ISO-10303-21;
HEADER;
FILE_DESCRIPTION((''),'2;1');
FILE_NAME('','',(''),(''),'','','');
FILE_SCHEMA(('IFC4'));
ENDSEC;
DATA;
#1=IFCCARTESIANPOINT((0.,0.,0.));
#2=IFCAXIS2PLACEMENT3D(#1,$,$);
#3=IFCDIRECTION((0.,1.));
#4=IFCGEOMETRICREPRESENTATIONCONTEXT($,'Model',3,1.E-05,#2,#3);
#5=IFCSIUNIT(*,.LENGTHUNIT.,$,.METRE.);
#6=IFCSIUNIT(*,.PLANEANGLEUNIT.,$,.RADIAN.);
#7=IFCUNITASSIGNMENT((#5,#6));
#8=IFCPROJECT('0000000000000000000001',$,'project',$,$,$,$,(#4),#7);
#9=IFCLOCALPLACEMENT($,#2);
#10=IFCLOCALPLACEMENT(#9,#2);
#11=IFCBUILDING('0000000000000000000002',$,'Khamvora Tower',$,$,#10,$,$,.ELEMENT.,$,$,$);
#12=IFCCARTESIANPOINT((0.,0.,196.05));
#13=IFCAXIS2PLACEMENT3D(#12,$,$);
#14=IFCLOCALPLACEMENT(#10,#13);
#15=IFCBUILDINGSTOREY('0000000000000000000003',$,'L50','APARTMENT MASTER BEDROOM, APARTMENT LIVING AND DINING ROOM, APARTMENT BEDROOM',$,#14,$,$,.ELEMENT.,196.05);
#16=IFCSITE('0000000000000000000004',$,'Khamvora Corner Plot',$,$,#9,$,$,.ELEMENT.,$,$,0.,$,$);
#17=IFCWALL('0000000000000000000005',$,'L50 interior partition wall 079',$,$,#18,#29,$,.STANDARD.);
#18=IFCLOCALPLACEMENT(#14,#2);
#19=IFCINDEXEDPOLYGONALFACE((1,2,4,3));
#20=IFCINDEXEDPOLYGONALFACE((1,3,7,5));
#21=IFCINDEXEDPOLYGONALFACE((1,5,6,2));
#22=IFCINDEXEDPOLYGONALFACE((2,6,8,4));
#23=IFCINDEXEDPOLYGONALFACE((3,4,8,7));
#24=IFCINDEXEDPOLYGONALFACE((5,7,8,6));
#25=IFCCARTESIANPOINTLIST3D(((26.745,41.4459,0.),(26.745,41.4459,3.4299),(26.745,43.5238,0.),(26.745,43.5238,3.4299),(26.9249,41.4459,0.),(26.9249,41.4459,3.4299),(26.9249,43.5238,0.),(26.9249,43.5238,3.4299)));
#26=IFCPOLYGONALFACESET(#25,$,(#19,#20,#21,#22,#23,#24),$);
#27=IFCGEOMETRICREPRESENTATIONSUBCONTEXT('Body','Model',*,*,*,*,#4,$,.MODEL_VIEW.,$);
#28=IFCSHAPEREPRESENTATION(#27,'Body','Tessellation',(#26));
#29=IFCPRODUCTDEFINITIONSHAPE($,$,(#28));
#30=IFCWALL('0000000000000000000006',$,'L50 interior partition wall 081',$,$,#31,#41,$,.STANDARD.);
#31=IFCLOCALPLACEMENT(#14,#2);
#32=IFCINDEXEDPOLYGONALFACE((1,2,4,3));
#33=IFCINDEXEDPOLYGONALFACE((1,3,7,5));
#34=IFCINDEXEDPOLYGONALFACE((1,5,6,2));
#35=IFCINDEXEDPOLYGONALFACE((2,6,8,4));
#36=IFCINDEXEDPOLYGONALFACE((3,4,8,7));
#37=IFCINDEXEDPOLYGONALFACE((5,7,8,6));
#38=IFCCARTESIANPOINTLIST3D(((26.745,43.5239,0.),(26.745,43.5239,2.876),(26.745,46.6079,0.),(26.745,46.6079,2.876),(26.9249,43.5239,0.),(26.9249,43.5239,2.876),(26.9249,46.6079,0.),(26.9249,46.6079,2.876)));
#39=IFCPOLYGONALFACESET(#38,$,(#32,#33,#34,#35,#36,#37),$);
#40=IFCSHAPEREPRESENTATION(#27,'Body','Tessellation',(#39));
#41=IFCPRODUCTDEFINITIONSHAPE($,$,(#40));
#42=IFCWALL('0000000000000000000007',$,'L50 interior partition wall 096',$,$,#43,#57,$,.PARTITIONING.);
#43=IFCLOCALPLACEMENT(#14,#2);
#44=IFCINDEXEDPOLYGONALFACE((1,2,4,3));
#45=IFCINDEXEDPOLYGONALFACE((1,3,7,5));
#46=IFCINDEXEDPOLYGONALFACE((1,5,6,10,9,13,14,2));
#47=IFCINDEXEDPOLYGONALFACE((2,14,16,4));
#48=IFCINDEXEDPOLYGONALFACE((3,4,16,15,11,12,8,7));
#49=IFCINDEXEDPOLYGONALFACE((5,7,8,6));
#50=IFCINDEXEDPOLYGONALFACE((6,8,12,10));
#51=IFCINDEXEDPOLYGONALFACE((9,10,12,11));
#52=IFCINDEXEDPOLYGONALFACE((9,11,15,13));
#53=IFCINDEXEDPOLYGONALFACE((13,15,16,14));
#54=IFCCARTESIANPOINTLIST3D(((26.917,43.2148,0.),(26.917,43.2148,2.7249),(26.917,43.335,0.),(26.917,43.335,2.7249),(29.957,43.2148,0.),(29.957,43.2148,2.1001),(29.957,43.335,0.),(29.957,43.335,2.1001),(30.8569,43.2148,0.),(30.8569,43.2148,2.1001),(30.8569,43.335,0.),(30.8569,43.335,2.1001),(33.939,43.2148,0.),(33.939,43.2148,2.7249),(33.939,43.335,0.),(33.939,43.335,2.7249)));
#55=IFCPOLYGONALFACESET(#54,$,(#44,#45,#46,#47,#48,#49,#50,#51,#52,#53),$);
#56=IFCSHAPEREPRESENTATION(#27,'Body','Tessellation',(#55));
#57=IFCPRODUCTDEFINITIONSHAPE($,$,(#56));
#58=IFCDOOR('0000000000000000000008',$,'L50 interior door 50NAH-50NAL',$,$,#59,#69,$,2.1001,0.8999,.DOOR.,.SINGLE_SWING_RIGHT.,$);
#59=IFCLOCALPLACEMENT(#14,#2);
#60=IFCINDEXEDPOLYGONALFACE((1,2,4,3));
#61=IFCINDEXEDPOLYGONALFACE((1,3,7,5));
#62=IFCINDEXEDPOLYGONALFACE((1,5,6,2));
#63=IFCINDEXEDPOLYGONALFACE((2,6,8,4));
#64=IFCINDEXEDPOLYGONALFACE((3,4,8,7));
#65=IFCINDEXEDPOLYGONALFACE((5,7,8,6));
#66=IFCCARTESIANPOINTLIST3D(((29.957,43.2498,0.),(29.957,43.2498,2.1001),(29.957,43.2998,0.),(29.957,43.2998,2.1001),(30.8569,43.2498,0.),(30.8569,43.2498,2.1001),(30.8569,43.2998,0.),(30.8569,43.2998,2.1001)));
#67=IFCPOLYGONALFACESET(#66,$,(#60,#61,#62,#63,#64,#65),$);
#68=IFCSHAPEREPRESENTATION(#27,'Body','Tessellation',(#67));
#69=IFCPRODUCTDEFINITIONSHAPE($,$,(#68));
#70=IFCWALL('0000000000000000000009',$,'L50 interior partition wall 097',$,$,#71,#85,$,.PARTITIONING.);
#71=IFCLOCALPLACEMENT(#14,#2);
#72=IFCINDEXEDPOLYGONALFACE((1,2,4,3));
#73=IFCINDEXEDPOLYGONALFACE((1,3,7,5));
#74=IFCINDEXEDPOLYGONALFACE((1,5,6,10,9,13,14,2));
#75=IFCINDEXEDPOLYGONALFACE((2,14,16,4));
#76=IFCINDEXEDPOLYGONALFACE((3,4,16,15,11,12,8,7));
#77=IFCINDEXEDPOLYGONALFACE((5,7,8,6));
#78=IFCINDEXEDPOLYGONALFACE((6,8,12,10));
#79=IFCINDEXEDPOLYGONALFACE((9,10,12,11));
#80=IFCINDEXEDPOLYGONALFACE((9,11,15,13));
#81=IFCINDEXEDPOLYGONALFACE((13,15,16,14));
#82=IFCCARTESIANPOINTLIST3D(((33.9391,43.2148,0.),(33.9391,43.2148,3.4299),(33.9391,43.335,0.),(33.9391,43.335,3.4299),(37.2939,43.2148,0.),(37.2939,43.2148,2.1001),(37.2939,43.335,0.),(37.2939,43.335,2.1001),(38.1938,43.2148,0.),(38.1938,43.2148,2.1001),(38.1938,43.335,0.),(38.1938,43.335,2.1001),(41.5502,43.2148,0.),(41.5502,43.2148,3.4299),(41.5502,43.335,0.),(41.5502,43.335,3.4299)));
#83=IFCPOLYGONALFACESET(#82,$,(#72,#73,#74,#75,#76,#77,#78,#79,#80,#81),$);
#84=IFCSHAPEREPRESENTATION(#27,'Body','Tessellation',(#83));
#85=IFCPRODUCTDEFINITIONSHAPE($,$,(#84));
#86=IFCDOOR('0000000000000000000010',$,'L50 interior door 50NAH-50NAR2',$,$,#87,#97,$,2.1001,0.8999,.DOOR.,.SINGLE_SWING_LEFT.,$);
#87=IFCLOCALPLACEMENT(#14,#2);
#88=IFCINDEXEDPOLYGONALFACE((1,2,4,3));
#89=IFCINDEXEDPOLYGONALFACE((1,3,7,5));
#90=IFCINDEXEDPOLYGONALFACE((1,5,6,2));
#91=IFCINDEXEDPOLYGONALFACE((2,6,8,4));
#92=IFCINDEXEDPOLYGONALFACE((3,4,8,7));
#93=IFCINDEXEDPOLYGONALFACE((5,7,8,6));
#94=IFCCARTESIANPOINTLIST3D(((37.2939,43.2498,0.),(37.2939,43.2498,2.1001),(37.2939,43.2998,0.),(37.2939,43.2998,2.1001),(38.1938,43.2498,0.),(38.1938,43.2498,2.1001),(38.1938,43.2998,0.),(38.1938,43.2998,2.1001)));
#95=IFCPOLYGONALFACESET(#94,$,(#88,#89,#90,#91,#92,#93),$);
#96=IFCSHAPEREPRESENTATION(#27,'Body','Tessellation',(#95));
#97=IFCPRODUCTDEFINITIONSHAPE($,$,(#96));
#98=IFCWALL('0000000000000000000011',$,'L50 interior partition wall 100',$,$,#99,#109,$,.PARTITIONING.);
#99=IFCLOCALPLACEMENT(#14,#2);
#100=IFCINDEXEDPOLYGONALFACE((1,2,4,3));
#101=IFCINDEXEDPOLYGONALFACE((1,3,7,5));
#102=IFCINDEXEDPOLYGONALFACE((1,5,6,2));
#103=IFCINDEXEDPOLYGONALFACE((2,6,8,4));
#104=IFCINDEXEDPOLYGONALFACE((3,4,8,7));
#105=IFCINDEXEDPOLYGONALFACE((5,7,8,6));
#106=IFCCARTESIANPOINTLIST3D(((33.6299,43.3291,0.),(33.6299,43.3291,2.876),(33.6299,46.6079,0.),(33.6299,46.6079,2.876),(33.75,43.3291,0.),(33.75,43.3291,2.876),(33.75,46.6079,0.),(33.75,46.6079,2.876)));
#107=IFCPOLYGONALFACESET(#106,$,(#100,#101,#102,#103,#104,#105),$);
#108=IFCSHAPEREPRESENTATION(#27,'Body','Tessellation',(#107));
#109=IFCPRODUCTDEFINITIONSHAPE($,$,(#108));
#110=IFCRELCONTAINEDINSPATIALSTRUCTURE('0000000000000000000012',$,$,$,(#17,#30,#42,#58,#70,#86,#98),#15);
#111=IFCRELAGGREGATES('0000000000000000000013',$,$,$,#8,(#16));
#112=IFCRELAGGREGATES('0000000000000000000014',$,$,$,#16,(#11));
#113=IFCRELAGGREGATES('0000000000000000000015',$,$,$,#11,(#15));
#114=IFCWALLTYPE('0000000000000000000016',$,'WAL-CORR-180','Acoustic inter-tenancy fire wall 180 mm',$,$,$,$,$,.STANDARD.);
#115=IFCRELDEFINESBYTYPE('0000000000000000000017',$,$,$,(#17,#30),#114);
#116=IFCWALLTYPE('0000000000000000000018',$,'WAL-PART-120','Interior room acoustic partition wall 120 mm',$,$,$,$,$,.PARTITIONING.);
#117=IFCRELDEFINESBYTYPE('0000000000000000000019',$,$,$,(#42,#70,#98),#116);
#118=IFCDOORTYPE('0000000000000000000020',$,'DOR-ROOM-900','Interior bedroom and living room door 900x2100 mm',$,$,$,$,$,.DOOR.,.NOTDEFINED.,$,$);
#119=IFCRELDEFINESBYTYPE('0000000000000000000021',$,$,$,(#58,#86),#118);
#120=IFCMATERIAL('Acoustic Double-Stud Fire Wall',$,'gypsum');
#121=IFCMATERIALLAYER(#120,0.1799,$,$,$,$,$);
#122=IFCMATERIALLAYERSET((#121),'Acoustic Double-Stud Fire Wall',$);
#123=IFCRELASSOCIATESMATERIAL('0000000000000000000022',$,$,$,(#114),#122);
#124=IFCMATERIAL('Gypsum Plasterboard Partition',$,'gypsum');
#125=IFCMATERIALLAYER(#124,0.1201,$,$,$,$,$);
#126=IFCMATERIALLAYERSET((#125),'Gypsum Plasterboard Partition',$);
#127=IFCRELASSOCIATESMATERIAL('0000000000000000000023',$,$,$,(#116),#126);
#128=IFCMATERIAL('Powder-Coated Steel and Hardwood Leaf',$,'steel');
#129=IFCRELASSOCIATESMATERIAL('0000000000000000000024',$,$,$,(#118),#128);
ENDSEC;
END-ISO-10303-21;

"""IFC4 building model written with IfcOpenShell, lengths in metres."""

from ifc_helpers import new_model, si_unit, direction, frame, frame_2d, origin, place, context, subcontext, project, spatial, rectangle, extrude, material, layer, layer_set, type_object, element, fill, save


model = new_model("IFC4")

# Units and contexts
model_context = context("Model", 3, precision=1e-05, world=origin(), true_north=direction((0.0, 1.0)))
body_context = subcontext(model_context, "Body", "Model", "MODEL_VIEW")
ifc_project = project(units=[si_unit("LENGTHUNIT", "METRE"), si_unit("PLANEANGLEUNIT", "RADIAN")], contexts=[model_context])

# Site, building, storey
site_placement = place(None, origin())
site = spatial("IfcSite", under=ifc_project, at=site_placement, Name="Khamvora Corner Plot", CompositionType="ELEMENT", RefElevation=0.0)
building_placement = place(site_placement, origin())
building = spatial("IfcBuilding", under=site, at=building_placement, Name="Khamvora Tower", CompositionType="ELEMENT")
storey_placement = place(building_placement, frame((0.0, 0.0, 196.05)))
storey = spatial("IfcBuildingStorey", under=building, at=storey_placement, Name="L50", Description="APARTMENT MASTER BEDROOM, APARTMENT LIVING AND DINING ROOM, APARTMENT BEDROOM", CompositionType="ELEMENT", Elevation=196.05)

# Shared definitions
ifc_material_1 = material(Name="Powder-Coated Steel and Hardwood Leaf", Category="steel")

# Walls
ifc_material_2 = material(Name="Acoustic Double-Stud Fire Wall", Category="gypsum")
ifc_layer_1 = layer(ifc_material_2, 0.1799)
ifc_layer_set_1 = layer_set([ifc_layer_1], Name="Acoustic Double-Stud Fire Wall")
wall_type_1 = type_object("IfcWallType", Name="WAL-CORR-180", Description="Acoustic inter-tenancy fire wall 180 mm", PredefinedType="STANDARD", material=ifc_layer_set_1)
wall_1_placement = place(storey_placement, frame((26.835, 43.5239, 0.0), z_axis=(0.0, 0.0, 1.0), x_axis=(0.0, -1.0, 0.0)))
element("IfcWall", 1, at=wall_1_placement, inside=storey, type_object=wall_type_1, Name="L50 interior partition wall 079", PredefinedType="STANDARD", context=body_context, shape_type="SweptSolid", body=[
    extrude(rectangle(XDim=2.0779, YDim=0.1799, at=frame_2d((1.0391, 0.0))), origin(), (0.0, 0.0, 1.0), 3.4299),
])
wall_2_placement = place(storey_placement, frame((26.835, 46.6079, 0.0), z_axis=(0.0, 0.0, 1.0), x_axis=(0.0, -1.0, 0.0)))
element("IfcWall", 2, at=wall_2_placement, inside=storey, type_object=wall_type_1, Name="L50 interior partition wall 081", PredefinedType="STANDARD", context=body_context, shape_type="SweptSolid", body=[
    extrude(rectangle(XDim=3.084, YDim=0.1799, at=frame_2d((1.542, 0.0))), origin(), (0.0, 0.0, 1.0), 2.876),
])

# Walls, openings, doors
ifc_material_3 = material(Name="Gypsum Plasterboard Partition", Category="gypsum")
ifc_layer_2 = layer(ifc_material_3, 0.1201)
ifc_layer_set_2 = layer_set([ifc_layer_2], Name="Gypsum Plasterboard Partition")
wall_type_2 = type_object("IfcWallType", Name="WAL-PART-120", Description="Interior room acoustic partition wall 120 mm", PredefinedType="PARTITIONING", material=ifc_layer_set_2)
wall_3_placement = place(storey_placement, frame((26.917, 43.2749, 0.0), z_axis=(0.0, 0.0, 1.0), x_axis=(1.0, 0.0, 0.0)))
wall_3 = element("IfcWall", 3, at=wall_3_placement, inside=storey, type_object=wall_type_2, Name="L50 interior partition wall 096", PredefinedType="PARTITIONING", context=body_context, shape_type="SweptSolid", body=[
    extrude(rectangle(XDim=7.022, YDim=0.1201, at=frame_2d((3.511, 0.0))), origin(), (0.0, 0.0, 1.0), 2.7249),
])
opening_1_placement = place(wall_3_placement, frame((3.04, 0.0, 0.0)))
opening_1 = element("IfcOpeningElement", 4, at=opening_1_placement, cuts=wall_3, PredefinedType="OPENING", context=body_context, shape_type="SweptSolid", body=[
    extrude(rectangle(XDim=0.8999, YDim=2.1001, at=frame_2d((0.45, 1.05))), frame((0.0, 0.0701, 0.0), z_axis=(0.0, -1.0, 0.0), x_axis=(1.0, 0.0, 0.0)), (0.0, 0.0, 1.0), 0.1401),
])
door_type_1 = type_object("IfcDoorType", Name="DOR-ROOM-900", Description="Interior bedroom and living room door 900x2100 mm", OperationType="NOTDEFINED", PredefinedType="DOOR", material=ifc_material_1)
door_1_placement = place(opening_1_placement, origin())
door_1 = element("IfcDoor", 5, at=door_1_placement, inside=storey, type_object=door_type_1, Name="L50 interior door 50NAH-50NAL", OperationType="SINGLE_SWING_RIGHT", OverallHeight=2.1001, OverallWidth=0.8999, PredefinedType="DOOR", context=body_context, shape_type="SweptSolid", body=[
    extrude(rectangle(XDim=0.8999, YDim=2.1001, at=frame_2d((0.45, 1.05))), frame((0.0, 0.0249, 0.0), z_axis=(0.0, -1.0, 0.0), x_axis=(1.0, 0.0, 0.0)), (0.0, 0.0, 1.0), 0.05),
])
fill(opening_1, door_1)
wall_4_placement = place(storey_placement, frame((33.939, 43.2749, 0.0), z_axis=(0.0, 0.0, 1.0), x_axis=(1.0, 0.0, 0.0)))
wall_4 = element("IfcWall", 6, at=wall_4_placement, inside=storey, type_object=wall_type_2, Name="L50 interior partition wall 097", PredefinedType="PARTITIONING", context=body_context, shape_type="SweptSolid", body=[
    extrude(rectangle(XDim=7.6111, YDim=0.1201, at=frame_2d((3.8057, 0.0))), origin(), (0.0, 0.0, 1.0), 3.4299),
])
opening_2_placement = place(wall_4_placement, frame((3.355, 0.0, 0.0)))
opening_2 = element("IfcOpeningElement", 7, at=opening_2_placement, cuts=wall_4, PredefinedType="OPENING", context=body_context, shape_type="SweptSolid", body=[
    extrude(rectangle(XDim=0.8999, YDim=2.1001, at=frame_2d((0.45, 1.05))), frame((0.0, 0.0701, 0.0), z_axis=(0.0, -1.0, 0.0), x_axis=(1.0, 0.0, 0.0)), (0.0, 0.0, 1.0), 0.1401),
])
door_2_placement = place(opening_2_placement, origin())
door_2 = element("IfcDoor", 8, at=door_2_placement, inside=storey, type_object=door_type_1, Name="L50 interior door 50NAH-50NAR2", OperationType="SINGLE_SWING_LEFT", OverallHeight=2.1001, OverallWidth=0.8999, PredefinedType="DOOR", context=body_context, shape_type="SweptSolid", body=[
    extrude(rectangle(XDim=0.8999, YDim=2.1001, at=frame_2d((0.45, 1.05))), frame((0.0, 0.0249, 0.0), z_axis=(0.0, -1.0, 0.0), x_axis=(1.0, 0.0, 0.0)), (0.0, 0.0, 1.0), 0.05),
])
fill(opening_2, door_2)

# Wall
wall_5_placement = place(storey_placement, frame((33.6899, 46.6079, 0.0), z_axis=(0.0, 0.0, 1.0), x_axis=(0.0, -1.0, 0.0)))
element("IfcWall", 9, at=wall_5_placement, inside=storey, type_object=wall_type_2, Name="L50 interior partition wall 100", PredefinedType="PARTITIONING", context=body_context, shape_type="SweptSolid", body=[
    extrude(rectangle(XDim=3.2788, YDim=0.1201, at=frame_2d((1.6394, 0.0))), origin(), (0.0, 0.0, 1.0), 2.876),
])

save(model, "model.ifc")
